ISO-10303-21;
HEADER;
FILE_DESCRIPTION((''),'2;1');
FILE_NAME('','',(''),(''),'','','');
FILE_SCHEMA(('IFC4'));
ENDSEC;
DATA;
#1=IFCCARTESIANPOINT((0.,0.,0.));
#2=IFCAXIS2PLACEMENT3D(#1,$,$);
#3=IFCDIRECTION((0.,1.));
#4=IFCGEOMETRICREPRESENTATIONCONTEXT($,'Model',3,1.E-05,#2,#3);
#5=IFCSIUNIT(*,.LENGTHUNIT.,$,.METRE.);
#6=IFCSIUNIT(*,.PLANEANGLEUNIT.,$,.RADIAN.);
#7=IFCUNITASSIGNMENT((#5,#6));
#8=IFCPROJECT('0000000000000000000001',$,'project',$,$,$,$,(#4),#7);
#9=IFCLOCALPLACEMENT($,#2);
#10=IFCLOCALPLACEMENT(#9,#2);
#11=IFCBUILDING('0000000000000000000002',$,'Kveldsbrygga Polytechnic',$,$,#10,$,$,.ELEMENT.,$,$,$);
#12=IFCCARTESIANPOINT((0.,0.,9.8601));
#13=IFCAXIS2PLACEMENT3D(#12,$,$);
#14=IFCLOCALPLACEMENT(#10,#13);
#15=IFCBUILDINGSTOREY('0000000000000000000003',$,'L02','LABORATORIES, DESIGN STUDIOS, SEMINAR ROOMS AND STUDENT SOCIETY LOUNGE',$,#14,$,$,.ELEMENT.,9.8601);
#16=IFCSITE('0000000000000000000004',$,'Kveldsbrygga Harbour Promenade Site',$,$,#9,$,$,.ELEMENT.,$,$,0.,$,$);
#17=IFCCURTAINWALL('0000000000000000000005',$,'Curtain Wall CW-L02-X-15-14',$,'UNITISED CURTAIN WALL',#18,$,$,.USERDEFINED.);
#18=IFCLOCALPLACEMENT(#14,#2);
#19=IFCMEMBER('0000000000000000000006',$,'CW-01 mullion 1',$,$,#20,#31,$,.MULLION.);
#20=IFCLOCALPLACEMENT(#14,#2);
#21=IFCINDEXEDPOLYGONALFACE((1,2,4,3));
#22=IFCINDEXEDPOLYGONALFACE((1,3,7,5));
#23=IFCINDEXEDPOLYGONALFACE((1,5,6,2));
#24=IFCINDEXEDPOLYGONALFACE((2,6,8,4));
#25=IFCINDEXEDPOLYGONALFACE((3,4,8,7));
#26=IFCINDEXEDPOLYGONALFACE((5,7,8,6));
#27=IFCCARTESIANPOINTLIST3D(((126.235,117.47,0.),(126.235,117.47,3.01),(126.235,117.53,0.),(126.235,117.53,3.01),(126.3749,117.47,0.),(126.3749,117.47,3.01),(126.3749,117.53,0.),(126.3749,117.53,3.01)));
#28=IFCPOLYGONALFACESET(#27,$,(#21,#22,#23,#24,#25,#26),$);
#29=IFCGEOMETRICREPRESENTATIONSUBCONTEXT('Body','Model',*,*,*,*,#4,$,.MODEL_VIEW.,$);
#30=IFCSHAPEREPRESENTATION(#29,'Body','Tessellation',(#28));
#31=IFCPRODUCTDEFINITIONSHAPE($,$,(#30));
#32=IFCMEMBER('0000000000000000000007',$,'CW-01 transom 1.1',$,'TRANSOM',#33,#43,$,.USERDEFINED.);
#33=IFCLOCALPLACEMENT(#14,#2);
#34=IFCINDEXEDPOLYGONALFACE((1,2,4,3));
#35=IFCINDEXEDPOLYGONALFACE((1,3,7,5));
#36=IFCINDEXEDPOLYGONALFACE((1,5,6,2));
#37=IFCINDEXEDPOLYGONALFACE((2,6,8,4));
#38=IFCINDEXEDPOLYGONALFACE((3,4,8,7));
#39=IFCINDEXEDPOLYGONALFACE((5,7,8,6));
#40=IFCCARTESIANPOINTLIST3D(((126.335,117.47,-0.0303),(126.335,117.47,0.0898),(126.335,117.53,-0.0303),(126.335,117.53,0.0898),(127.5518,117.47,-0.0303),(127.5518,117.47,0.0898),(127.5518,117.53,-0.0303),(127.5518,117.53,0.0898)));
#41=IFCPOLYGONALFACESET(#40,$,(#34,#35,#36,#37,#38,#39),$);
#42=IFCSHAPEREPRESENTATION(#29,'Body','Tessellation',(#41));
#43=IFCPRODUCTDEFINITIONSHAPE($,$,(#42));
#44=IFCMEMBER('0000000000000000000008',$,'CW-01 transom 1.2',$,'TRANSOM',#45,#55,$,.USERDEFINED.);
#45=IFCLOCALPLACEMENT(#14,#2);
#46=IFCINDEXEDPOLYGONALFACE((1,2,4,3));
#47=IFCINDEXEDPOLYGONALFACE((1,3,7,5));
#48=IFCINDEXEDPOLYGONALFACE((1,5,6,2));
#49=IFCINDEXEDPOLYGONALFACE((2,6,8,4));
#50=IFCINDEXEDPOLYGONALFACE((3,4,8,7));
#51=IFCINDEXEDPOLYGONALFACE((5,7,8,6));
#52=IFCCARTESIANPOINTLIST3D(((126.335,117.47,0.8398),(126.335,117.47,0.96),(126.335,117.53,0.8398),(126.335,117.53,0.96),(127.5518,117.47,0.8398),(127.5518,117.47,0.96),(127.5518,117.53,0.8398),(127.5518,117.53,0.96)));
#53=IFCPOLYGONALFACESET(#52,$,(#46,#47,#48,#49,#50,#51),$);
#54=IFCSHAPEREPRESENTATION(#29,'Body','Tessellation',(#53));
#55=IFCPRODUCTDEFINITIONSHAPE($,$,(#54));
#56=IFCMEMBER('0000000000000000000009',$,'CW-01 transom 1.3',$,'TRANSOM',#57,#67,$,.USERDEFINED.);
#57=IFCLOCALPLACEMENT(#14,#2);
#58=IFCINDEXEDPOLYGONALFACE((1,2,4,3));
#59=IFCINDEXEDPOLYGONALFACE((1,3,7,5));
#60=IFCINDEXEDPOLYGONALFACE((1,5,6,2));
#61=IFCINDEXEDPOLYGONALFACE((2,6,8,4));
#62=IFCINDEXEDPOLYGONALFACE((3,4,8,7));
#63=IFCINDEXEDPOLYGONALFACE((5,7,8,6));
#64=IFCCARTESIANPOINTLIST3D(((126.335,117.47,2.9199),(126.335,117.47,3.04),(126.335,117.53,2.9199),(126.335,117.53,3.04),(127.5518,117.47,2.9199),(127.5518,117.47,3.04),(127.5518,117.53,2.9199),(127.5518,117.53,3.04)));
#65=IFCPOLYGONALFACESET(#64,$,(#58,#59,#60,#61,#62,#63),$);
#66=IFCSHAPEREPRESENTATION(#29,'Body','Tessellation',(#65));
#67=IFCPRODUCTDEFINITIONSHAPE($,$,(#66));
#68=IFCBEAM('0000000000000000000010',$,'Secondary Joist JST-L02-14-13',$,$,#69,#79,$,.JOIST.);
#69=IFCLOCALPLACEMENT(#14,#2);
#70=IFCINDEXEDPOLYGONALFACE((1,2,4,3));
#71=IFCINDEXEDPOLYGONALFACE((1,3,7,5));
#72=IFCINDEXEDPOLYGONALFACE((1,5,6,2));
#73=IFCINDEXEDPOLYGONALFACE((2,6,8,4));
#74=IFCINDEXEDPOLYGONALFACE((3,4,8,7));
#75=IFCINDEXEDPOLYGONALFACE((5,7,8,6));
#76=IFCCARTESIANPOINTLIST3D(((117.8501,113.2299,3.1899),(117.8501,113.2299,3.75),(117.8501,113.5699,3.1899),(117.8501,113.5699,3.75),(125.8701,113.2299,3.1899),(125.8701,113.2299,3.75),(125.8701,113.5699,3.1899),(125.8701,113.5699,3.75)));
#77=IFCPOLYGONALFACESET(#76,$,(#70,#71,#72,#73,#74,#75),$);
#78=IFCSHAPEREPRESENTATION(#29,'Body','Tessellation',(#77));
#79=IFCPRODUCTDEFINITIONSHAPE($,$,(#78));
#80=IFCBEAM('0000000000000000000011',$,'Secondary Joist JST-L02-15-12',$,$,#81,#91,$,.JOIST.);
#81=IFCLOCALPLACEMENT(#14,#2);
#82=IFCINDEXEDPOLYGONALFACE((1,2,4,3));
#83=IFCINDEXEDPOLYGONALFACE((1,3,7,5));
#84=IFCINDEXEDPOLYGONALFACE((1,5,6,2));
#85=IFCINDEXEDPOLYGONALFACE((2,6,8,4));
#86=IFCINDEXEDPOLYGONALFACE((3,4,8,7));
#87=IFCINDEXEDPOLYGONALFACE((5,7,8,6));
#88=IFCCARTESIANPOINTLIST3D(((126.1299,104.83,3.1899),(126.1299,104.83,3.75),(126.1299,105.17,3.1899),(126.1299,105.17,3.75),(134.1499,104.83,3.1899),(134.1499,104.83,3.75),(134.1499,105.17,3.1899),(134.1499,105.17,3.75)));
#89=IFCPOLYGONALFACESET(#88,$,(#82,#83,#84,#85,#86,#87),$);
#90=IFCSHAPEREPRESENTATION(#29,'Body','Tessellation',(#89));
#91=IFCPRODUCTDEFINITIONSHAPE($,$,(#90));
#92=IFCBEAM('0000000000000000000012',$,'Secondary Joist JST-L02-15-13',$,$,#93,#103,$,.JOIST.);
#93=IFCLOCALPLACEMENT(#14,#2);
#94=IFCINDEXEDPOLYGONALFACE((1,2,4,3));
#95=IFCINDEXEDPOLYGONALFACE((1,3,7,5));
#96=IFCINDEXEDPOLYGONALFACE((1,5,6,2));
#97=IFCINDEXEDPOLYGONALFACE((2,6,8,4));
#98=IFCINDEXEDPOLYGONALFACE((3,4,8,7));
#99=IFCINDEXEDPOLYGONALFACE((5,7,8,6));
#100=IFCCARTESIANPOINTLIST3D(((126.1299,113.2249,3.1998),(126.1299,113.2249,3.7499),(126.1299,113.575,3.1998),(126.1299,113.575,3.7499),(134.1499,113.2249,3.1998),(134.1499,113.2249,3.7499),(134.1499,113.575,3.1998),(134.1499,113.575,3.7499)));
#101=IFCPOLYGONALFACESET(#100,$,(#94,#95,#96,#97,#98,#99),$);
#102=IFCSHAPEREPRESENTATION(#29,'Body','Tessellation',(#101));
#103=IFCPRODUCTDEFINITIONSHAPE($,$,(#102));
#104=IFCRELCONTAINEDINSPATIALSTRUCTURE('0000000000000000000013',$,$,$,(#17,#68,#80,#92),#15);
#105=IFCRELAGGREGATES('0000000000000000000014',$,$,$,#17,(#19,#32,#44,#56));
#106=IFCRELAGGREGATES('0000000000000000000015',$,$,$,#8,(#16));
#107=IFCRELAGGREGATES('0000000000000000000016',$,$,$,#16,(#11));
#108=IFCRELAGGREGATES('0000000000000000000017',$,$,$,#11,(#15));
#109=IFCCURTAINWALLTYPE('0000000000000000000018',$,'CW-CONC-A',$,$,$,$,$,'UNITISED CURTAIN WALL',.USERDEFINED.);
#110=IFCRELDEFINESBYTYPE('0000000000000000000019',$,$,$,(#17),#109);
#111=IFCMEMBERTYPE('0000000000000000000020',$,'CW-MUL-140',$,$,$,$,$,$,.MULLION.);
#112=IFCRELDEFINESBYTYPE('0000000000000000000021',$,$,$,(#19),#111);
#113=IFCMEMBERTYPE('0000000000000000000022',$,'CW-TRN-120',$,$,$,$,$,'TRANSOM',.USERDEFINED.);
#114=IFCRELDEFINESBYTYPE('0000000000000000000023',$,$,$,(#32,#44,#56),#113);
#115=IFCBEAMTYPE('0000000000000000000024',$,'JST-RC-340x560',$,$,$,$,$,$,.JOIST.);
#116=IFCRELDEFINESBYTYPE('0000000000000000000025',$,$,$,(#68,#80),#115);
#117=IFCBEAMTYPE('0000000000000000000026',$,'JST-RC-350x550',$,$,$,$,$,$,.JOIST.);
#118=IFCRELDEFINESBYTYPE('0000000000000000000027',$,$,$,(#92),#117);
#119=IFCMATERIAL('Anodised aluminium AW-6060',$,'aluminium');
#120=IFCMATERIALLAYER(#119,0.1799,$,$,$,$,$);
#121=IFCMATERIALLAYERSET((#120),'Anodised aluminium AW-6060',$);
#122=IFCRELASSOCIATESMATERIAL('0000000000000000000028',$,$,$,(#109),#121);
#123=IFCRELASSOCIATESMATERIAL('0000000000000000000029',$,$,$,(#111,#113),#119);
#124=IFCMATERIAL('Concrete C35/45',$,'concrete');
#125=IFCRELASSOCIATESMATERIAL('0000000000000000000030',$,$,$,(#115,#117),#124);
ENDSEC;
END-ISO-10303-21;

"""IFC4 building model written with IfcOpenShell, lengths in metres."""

from ifc_helpers import new_model, si_unit, direction, frame, origin, origin_2d, place, context, subcontext, project, spatial, rectangle, extrude, material, layer, layer_set, material_profile, profile_set, type_object, element, aggregate, save


model = new_model("IFC4")

# Units and contexts
model_context = context("Model", 3, precision=1e-05, world=origin(), true_north=direction((0.0, 1.0)))
body_context = subcontext(model_context, "Body", "Model", "MODEL_VIEW")
ifc_project = project(units=[si_unit("LENGTHUNIT", "METRE"), si_unit("PLANEANGLEUNIT", "RADIAN")], contexts=[model_context])

# Site, building, storey
site_placement = place(None, origin())
site = spatial("IfcSite", under=ifc_project, at=site_placement, Name="Kveldsbrygga Harbour Promenade Site", CompositionType="ELEMENT", RefElevation=0.0)
building_placement = place(site_placement, origin())
building = spatial("IfcBuilding", under=site, at=building_placement, Name="Kveldsbrygga Polytechnic", CompositionType="ELEMENT")
storey_placement = place(building_placement, frame((0.0, 0.0, 9.8601)))
storey = spatial("IfcBuildingStorey", under=building, at=storey_placement, Name="L02", Description="LABORATORIES, DESIGN STUDIOS, SEMINAR ROOMS AND STUDENT SOCIETY LOUNGE", CompositionType="ELEMENT", Elevation=9.8601)

# Shared definitions
ifc_material_1 = material(Name="Concrete C35/45", Category="concrete")

# Curtain wall, members
ifc_material_2 = material(Name="Anodised aluminium AW-6060", Category="aluminium")
ifc_layer_1 = layer(ifc_material_2, 0.1799)
ifc_layer_set_1 = layer_set([ifc_layer_1], Name="Anodised aluminium AW-6060")
curtain_wall_type = type_object("IfcCurtainWallType", Name="CW-CONC-A", ElementType="UNITISED CURTAIN WALL", PredefinedType="USERDEFINED", material=ifc_layer_set_1)
curtain_wall_placement = place(storey_placement, origin())
curtain_wall = element("IfcCurtainWall", 1, at=curtain_wall_placement, inside=storey, type_object=curtain_wall_type, Name="Curtain Wall CW-L02-X-15-14", ObjectType="UNITISED CURTAIN WALL", PredefinedType="USERDEFINED")
ifc_material_profile_1 = material_profile(ifc_material_2, rectangle(XDim=0.0601, YDim=0.1399, at=origin_2d()), Name="ALU 60x140")
ifc_profile_set_1 = profile_set([ifc_material_profile_1], Name="Anodised aluminium AW-6060")
member_type_1 = type_object("IfcMemberType", Name="CW-MUL-140", PredefinedType="MULLION", material=ifc_profile_set_1)
member_1_placement = place(storey_placement, frame((126.3049, 117.5, 0.0), z_axis=(0.0, 0.0, 1.0), x_axis=(0.0, 1.0, 0.0)))
member_1 = element("IfcMember", 2, at=member_1_placement, type_object=member_type_1, Name="CW-01 mullion 1", PredefinedType="MULLION", context=body_context, shape_type="SweptSolid", body=[
    extrude(rectangle(XDim=0.0601, YDim=0.1399, at=origin_2d()), origin(), (0.0, 0.0, 1.0), 3.01),
])
ifc_material_profile_2 = material_profile(ifc_material_2, rectangle(XDim=0.0601, YDim=0.1201, at=origin_2d()), Name="ALU 60x120")
ifc_profile_set_2 = profile_set([ifc_material_profile_2], Name="Anodised aluminium AW-6060")
member_type_2 = type_object("IfcMemberType", Name="CW-TRN-120", ElementType="TRANSOM", PredefinedType="USERDEFINED", material=ifc_profile_set_2)
member_2_placement = place(storey_placement, frame((126.335, 117.5, 0.0298), z_axis=(1.0, 0.0, 0.0), x_axis=(0.0, 1.0, 0.0)))
member_2 = element("IfcMember", 3, at=member_2_placement, type_object=member_type_2, Name="CW-01 transom 1.1", ObjectType="TRANSOM", PredefinedType="USERDEFINED", context=body_context, shape_type="SweptSolid", body=[
    extrude(rectangle(XDim=0.0601, YDim=0.1201, at=origin_2d()), origin(), (0.0, 0.0, 1.0), 1.2168),
])
member_3_placement = place(storey_placement, frame((126.335, 117.5, 0.8999), z_axis=(1.0, 0.0, 0.0), x_axis=(0.0, 1.0, 0.0)))
member_3 = element("IfcMember", 4, at=member_3_placement, type_object=member_type_2, Name="CW-01 transom 1.2", ObjectType="TRANSOM", PredefinedType="USERDEFINED", context=body_context, shape_type="SweptSolid", body=[
    extrude(rectangle(XDim=0.0601, YDim=0.1201, at=origin_2d()), origin(), (0.0, 0.0, 1.0), 1.2168),
])
member_4_placement = place(storey_placement, frame((126.335, 117.5, 2.98), z_axis=(1.0, 0.0, 0.0), x_axis=(0.0, 1.0, 0.0)))
member_4 = element("IfcMember", 5, at=member_4_placement, type_object=member_type_2, Name="CW-01 transom 1.3", ObjectType="TRANSOM", PredefinedType="USERDEFINED", context=body_context, shape_type="SweptSolid", body=[
    extrude(rectangle(XDim=0.0601, YDim=0.1201, at=origin_2d()), origin(), (0.0, 0.0, 1.0), 1.2168),
])
aggregate(curtain_wall, [member_1, member_2, member_3, member_4])

# Beams
ifc_material_profile_3 = material_profile(ifc_material_1, rectangle(XDim=0.3401, YDim=0.5601, at=origin_2d()), Name="RC 340x560")
ifc_profile_set_3 = profile_set([ifc_material_profile_3], Name="Concrete C35/45")
beam_type_1 = type_object("IfcBeamType", Name="JST-RC-340x560", PredefinedType="JOIST", material=ifc_profile_set_3)
for number, where, z_axis, x_axis, name in (
    (6, (117.8501, 113.3999, 3.47), (1.0, 0.0, 0.0), (0.0, 1.0, 0.0), "Secondary Joist JST-L02-14-13"),
    (7, (126.1299, 105.0, 3.47), (1.0, 0.0, 0.0), (0.0, 1.0, 0.0), "Secondary Joist JST-L02-15-12"),
):
    element("IfcBeam", number, at=place(storey_placement, frame(where, z_axis=z_axis, x_axis=x_axis)), inside=storey, type_object=beam_type_1, Name=name, PredefinedType="JOIST", context=body_context, shape_type="SweptSolid", body=[
        extrude(rectangle(XDim=0.3401, YDim=0.5601, at=origin_2d()), origin(), (0.0, 0.0, 1.0), 8.02),
    ])
ifc_material_profile_4 = material_profile(ifc_material_1, rectangle(XDim=0.3501, YDim=0.55, at=origin_2d()), Name="RC 350x550")
ifc_profile_set_4 = profile_set([ifc_material_profile_4], Name="Concrete C35/45")
beam_type_2 = type_object("IfcBeamType", Name="JST-RC-350x550", PredefinedType="JOIST", material=ifc_profile_set_4)
beam_1_placement = place(storey_placement, frame((126.1299, 113.3999, 3.4749), z_axis=(1.0, 0.0, 0.0), x_axis=(0.0, 1.0, 0.0)))
element("IfcBeam", 8, at=beam_1_placement, inside=storey, type_object=beam_type_2, Name="Secondary Joist JST-L02-15-13", PredefinedType="JOIST", context=body_context, shape_type="SweptSolid", body=[
    extrude(rectangle(XDim=0.3501, YDim=0.55, at=origin_2d()), origin(), (0.0, 0.0, 1.0), 8.02),
])

save(model, "model.ifc")
